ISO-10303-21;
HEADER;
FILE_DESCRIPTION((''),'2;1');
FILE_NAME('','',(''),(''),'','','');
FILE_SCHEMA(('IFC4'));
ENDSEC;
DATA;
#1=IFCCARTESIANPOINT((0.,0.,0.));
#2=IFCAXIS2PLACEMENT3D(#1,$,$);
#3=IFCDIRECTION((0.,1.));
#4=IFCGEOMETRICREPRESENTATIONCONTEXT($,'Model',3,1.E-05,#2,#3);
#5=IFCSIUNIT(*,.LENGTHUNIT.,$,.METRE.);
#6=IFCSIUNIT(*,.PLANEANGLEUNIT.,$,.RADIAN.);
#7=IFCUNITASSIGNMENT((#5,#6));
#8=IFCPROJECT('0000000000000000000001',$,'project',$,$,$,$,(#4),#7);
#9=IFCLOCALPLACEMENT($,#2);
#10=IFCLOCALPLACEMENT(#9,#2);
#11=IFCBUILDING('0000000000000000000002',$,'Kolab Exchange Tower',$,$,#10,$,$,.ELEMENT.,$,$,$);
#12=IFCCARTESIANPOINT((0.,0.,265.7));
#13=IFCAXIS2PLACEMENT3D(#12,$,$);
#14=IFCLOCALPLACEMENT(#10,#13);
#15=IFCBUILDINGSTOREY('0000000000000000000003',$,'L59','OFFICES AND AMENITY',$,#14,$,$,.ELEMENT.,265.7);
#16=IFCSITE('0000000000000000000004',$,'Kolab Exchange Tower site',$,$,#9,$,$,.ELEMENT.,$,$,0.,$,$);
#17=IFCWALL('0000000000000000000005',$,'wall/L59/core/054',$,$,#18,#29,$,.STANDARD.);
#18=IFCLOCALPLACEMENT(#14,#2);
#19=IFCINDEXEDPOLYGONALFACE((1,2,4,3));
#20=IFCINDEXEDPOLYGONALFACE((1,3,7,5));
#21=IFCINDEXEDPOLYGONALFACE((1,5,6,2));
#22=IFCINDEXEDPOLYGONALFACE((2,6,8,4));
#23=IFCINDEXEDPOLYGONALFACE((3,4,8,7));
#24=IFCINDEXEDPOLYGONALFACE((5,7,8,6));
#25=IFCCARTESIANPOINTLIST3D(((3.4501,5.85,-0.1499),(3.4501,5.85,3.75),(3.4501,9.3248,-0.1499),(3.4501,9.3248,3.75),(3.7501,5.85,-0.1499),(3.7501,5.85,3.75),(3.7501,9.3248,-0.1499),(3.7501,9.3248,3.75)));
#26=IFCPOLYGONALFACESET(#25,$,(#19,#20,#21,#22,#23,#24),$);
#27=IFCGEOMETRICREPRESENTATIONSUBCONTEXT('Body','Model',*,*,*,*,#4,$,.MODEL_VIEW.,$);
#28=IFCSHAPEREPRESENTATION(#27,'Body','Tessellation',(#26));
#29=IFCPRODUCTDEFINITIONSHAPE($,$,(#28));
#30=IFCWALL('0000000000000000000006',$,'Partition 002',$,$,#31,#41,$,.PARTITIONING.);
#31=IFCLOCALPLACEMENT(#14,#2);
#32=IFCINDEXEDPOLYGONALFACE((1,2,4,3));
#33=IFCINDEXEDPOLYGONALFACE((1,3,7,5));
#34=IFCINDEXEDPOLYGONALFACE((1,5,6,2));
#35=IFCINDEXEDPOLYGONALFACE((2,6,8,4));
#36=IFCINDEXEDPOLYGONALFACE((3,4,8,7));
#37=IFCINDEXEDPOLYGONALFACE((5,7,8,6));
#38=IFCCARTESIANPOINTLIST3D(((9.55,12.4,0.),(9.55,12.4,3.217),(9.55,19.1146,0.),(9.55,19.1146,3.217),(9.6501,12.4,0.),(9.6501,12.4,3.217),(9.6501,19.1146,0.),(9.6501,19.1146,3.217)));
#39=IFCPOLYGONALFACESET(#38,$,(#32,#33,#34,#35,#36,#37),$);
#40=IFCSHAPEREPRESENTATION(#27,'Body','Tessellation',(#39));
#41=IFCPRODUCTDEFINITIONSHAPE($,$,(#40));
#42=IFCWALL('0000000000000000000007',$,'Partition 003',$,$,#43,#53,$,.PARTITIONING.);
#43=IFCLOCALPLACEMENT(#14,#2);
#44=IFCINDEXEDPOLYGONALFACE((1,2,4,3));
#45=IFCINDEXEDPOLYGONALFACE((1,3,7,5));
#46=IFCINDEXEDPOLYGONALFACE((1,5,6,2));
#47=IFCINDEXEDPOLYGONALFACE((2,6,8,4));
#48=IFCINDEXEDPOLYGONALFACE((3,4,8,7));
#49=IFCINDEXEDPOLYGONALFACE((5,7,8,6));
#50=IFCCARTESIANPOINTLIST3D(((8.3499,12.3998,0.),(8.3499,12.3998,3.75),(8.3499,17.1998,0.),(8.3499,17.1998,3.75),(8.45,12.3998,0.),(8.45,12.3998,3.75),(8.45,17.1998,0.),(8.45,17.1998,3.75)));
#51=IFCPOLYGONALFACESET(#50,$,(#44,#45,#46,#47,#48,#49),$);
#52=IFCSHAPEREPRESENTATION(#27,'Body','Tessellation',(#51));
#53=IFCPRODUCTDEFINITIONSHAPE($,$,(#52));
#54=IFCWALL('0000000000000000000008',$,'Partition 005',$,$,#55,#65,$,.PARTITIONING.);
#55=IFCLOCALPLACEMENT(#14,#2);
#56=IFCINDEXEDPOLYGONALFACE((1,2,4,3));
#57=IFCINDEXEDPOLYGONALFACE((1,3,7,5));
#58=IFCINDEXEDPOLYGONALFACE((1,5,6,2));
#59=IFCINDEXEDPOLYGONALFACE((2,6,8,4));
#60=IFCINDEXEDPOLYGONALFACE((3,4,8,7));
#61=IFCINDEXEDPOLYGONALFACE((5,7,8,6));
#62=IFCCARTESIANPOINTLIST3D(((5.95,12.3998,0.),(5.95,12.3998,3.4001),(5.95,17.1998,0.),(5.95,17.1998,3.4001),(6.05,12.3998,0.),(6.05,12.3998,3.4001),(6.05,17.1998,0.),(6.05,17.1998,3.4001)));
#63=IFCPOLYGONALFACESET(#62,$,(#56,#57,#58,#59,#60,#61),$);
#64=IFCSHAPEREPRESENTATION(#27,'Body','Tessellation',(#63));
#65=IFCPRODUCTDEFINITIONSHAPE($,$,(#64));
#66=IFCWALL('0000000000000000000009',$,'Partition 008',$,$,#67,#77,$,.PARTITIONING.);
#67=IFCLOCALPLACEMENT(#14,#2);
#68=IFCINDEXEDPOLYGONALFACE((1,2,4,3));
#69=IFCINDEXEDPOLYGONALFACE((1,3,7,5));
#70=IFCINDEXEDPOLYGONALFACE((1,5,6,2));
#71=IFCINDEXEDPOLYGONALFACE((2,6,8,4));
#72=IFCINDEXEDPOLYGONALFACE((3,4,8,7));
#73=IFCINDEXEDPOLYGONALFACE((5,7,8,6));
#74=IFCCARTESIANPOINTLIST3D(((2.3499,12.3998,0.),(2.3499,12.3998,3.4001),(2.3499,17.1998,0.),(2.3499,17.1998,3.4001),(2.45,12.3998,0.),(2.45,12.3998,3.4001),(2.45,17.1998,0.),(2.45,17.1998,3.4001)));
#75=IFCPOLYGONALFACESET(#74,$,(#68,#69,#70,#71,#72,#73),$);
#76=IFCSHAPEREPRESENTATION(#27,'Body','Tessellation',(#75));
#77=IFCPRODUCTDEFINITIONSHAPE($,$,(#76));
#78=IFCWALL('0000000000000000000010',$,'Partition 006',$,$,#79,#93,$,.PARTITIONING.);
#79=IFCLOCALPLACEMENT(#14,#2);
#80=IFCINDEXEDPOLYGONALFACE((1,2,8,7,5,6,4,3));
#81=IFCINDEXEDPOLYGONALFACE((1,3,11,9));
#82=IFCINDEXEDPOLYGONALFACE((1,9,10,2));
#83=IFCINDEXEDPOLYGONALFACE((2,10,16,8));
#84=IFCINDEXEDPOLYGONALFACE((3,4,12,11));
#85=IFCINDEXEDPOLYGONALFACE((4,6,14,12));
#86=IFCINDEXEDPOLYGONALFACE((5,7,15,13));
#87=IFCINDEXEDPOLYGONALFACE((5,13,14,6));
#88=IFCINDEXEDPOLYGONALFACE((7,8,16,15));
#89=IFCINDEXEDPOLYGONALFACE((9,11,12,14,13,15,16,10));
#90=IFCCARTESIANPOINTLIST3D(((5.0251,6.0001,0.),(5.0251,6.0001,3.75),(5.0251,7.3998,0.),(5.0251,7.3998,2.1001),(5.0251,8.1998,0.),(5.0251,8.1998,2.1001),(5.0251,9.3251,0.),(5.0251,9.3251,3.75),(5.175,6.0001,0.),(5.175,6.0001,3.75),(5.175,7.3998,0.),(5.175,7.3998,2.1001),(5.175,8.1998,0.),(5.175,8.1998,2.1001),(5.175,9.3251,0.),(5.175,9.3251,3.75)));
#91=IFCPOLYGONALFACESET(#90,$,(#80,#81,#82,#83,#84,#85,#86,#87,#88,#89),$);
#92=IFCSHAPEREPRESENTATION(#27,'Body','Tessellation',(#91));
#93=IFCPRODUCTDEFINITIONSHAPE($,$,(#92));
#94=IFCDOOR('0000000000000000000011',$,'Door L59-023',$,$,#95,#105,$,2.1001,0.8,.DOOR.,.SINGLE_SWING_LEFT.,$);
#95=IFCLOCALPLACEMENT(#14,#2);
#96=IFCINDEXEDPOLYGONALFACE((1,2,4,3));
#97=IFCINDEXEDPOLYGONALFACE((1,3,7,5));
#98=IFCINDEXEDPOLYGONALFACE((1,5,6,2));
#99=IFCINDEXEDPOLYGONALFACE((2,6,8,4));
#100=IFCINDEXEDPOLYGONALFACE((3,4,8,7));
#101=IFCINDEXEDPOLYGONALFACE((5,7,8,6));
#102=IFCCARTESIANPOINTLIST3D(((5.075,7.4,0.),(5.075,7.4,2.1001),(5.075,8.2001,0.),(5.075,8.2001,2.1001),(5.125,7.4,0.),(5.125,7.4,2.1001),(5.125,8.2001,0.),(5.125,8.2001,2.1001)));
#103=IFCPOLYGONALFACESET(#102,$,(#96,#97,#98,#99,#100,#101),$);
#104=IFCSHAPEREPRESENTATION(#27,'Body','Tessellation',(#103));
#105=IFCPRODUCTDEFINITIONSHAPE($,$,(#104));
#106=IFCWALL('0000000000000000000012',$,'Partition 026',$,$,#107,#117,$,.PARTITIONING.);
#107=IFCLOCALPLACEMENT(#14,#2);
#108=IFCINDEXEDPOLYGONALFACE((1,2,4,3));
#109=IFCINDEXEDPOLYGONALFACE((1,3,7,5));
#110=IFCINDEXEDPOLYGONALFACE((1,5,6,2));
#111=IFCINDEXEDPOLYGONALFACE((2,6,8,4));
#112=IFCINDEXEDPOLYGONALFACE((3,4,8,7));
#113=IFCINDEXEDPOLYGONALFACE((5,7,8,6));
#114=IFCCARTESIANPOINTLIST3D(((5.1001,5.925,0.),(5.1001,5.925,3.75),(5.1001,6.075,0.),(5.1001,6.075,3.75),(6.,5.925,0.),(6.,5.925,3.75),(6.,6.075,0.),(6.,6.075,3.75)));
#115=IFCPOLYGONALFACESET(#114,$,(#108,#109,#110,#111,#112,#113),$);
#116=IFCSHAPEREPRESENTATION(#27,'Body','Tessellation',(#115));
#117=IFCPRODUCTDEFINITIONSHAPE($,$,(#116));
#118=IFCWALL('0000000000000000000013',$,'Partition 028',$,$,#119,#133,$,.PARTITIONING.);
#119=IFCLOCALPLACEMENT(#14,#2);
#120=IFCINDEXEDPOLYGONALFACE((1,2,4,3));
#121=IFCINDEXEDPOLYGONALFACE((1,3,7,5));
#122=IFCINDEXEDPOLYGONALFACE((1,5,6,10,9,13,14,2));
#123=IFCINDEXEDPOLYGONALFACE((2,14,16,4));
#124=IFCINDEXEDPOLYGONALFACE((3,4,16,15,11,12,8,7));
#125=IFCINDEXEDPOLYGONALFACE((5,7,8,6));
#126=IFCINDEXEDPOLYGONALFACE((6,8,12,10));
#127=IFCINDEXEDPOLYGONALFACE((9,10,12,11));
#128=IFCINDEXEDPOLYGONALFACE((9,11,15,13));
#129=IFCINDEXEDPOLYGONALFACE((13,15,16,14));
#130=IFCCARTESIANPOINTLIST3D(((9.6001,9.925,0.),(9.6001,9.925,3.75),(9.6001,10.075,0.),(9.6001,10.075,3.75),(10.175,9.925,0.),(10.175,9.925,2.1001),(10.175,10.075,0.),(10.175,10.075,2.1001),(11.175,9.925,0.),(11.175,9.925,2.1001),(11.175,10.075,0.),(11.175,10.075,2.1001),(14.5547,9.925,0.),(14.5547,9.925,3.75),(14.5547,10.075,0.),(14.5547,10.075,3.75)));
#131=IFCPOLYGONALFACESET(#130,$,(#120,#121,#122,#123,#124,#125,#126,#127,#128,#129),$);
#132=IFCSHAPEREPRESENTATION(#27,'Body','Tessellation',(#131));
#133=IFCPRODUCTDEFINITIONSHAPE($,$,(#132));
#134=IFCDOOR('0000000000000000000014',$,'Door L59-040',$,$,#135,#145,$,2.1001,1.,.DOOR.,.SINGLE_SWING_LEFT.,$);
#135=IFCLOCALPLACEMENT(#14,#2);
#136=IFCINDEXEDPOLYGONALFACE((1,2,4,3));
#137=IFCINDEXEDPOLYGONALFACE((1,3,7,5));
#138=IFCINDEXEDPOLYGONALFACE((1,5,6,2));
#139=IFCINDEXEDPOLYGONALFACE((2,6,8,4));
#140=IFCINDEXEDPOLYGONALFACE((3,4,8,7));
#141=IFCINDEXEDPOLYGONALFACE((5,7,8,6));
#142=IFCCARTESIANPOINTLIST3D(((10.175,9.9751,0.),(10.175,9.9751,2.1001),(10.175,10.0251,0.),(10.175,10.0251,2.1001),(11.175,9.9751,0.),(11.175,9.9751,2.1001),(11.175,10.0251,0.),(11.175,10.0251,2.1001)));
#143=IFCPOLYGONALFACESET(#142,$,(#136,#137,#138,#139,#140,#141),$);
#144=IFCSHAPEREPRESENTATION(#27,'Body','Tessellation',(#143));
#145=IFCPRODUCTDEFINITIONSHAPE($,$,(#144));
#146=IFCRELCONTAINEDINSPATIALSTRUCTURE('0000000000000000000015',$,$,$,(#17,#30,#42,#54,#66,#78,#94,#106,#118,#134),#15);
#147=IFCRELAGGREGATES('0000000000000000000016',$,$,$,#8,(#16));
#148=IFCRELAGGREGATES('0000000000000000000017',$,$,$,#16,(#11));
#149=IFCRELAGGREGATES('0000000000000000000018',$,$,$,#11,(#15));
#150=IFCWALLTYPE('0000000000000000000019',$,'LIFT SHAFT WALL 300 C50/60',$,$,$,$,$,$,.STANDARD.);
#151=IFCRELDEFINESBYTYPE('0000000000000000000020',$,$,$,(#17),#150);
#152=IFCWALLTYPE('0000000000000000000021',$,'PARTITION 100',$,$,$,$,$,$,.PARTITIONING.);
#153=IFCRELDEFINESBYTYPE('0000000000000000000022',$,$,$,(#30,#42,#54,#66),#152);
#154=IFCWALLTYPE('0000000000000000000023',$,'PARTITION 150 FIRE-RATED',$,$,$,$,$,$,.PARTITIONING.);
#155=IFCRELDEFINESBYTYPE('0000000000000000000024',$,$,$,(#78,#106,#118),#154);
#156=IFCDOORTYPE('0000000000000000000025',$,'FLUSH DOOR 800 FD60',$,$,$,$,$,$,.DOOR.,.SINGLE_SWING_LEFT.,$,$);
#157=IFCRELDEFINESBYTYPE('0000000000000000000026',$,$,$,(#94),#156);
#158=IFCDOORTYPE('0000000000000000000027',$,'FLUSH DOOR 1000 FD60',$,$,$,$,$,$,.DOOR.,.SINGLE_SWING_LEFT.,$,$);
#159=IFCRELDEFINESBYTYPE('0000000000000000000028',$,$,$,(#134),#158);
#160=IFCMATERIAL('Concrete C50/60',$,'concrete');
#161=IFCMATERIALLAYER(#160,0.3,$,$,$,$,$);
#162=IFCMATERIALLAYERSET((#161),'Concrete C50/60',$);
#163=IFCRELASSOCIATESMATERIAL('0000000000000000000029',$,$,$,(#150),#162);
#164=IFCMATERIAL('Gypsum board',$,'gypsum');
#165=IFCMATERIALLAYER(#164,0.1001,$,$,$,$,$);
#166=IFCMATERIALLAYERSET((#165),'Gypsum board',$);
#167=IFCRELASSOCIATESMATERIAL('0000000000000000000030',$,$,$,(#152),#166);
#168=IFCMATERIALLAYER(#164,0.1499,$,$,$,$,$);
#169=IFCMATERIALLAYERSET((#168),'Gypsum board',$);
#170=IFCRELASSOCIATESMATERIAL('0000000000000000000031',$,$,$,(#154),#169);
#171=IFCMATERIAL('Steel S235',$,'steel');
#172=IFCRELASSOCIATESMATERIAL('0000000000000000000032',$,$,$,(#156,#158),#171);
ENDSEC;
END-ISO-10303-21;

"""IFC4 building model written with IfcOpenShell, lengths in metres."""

from ifc_helpers import new_model, si_unit, direction, frame, frame_2d, origin, place, context, subcontext, project, spatial, rectangle, extrude, material, layer, layer_set, type_object, element, fill, save


model = new_model("IFC4")

# Units and contexts
model_context = context("Model", 3, precision=1e-05, world=origin(), true_north=direction((0.0, 1.0)))
body_context = subcontext(model_context, "Body", "Model", "MODEL_VIEW")
ifc_project = project(units=[si_unit("LENGTHUNIT", "METRE"), si_unit("PLANEANGLEUNIT", "RADIAN")], contexts=[model_context])

# Site, building, storey
site_placement = place(None, origin())
site = spatial("IfcSite", under=ifc_project, at=site_placement, Name="Kolab Exchange Tower site", CompositionType="ELEMENT", RefElevation=0.0)
building_placement = place(site_placement, origin())
building = spatial("IfcBuilding", under=site, at=building_placement, Name="Kolab Exchange Tower", CompositionType="ELEMENT")
storey_placement = place(building_placement, frame((0.0, 0.0, 265.7)))
storey = spatial("IfcBuildingStorey", under=building, at=storey_placement, Name="L59", Description="OFFICES AND AMENITY", CompositionType="ELEMENT", Elevation=265.7)

# Shared definitions
ifc_material_1 = material(Name="Concrete C50/60", Category="concrete")

# Shared definitions
ifc_layer_1 = layer(ifc_material_1, 0.3)
ifc_layer_set_1 = layer_set([ifc_layer_1], Name="Concrete C50/60")
wall_type_1 = type_object("IfcWallType", Name="LIFT SHAFT WALL 300 C50/60", PredefinedType="STANDARD", material=ifc_layer_set_1)

# Walls
for number, where, z_axis, x_axis, name in (
    (1, (3.6001, 5.8501, -0.1499), (0.0, 0.0, 1.0), (0.0, 1.0, 0.0), "wall/L59/core/054"),
):
    element("IfcWall", number, at=place(storey_placement, frame(where, z_axis=z_axis, x_axis=x_axis)), inside=storey, type_object=wall_type_1, Name=name, PredefinedType="STANDARD", context=body_context, shape_type="SweptSolid", body=[
        extrude(rectangle(XDim=3.4749, YDim=0.3, at=frame_2d((1.7373, 0.0))), origin(), (0.0, 0.0, 1.0), 3.8999),
    ])
ifc_material_2 = material(Name="Gypsum board", Category="gypsum")
ifc_layer_2 = layer(ifc_material_2, 0.1001)
ifc_layer_set_2 = layer_set([ifc_layer_2], Name="Gypsum board")
wall_type_2 = type_object("IfcWallType", Name="PARTITION 100", PredefinedType="PARTITIONING", material=ifc_layer_set_2)
wall_1_placement = place(storey_placement, frame((9.6001, 12.3999, 0.0), z_axis=(0.0, 0.0, 1.0), x_axis=(0.0, 1.0, 0.0)))
element("IfcWall", 2, at=wall_1_placement, inside=storey, type_object=wall_type_2, Name="Partition 002", PredefinedType="PARTITIONING", context=body_context, shape_type="SweptSolid", body=[
    extrude(rectangle(XDim=6.7146, YDim=0.1001, at=frame_2d((3.3574, 0.0))), origin(), (0.0, 0.0, 1.0), 3.217),
])
wall_2_placement = place(storey_placement, frame((8.3999, 12.3999, 0.0), z_axis=(0.0, 0.0, 1.0), x_axis=(0.0, 1.0, 0.0)))
element("IfcWall", 3, at=wall_2_placement, inside=storey, type_object=wall_type_2, Name="Partition 003", PredefinedType="PARTITIONING", context=body_context, shape_type="SweptSolid", body=[
    extrude(rectangle(XDim=4.8, YDim=0.1001, at=frame_2d((2.3999, 0.0))), origin(), (0.0, 0.0, 1.0), 3.75),
])
for number, where, z_axis, x_axis, name in (
    (4, (6.0, 12.3999, 0.0), (0.0, 0.0, 1.0), (0.0, 1.0, 0.0), "Partition 005"),
    (5, (2.3999, 12.3999, 0.0), (0.0, 0.0, 1.0), (0.0, 1.0, 0.0), "Partition 008"),
):
    element("IfcWall", number, at=place(storey_placement, frame(where, z_axis=z_axis, x_axis=x_axis)), inside=storey, type_object=wall_type_2, Name=name, PredefinedType="PARTITIONING", context=body_context, shape_type="SweptSolid", body=[
        extrude(rectangle(XDim=4.8, YDim=0.1001, at=frame_2d((2.3999, 0.0))), origin(), (0.0, 0.0, 1.0), 3.4001),
    ])

# Wall, opening, door
ifc_layer_3 = layer(ifc_material_2, 0.1499)
ifc_layer_set_3 = layer_set([ifc_layer_3], Name="Gypsum board")
wall_type_3 = type_object("IfcWallType", Name="PARTITION 150 FIRE-RATED", PredefinedType="PARTITIONING", material=ifc_layer_set_3)
wall_3_placement = place(storey_placement, frame((5.1001, 6.0, 0.0), z_axis=(0.0, 0.0, 1.0), x_axis=(0.0, 1.0, 0.0)))
wall_3 = element("IfcWall", 6, at=wall_3_placement, inside=storey, type_object=wall_type_3, Name="Partition 006", PredefinedType="PARTITIONING", context=body_context, shape_type="SweptSolid", body=[
    extrude(rectangle(XDim=3.325, YDim=0.1499, at=frame_2d((1.6626, 0.0))), origin(), (0.0, 0.0, 1.0), 3.75),
])
opening_1_placement = place(wall_3_placement, frame((1.3999, 0.0, 0.0)))
opening_1 = element("IfcOpeningElement", 7, at=opening_1_placement, cuts=wall_3, PredefinedType="OPENING", context=body_context, shape_type="SweptSolid", body=[
    extrude(rectangle(XDim=0.8, YDim=2.1001, at=frame_2d((0.3999, 1.05))), frame((0.0, 0.085, 0.0), z_axis=(0.0, -1.0, 0.0), x_axis=(1.0, 0.0, 0.0)), (0.0, 0.0, 1.0), 0.1699),
])
ifc_material_3 = material(Name="Steel S235", Category="steel")
door_type_1 = type_object("IfcDoorType", Name="FLUSH DOOR 800 FD60", OperationType="SINGLE_SWING_LEFT", PredefinedType="DOOR", material=ifc_material_3)
door_1_placement = place(opening_1_placement, frame((0.8, 0.0, 0.0), z_axis=(0.0, 0.0, 1.0), x_axis=(-1.0, 0.0, 0.0)))
door_1 = element("IfcDoor", 8, at=door_1_placement, inside=storey, type_object=door_type_1, Name="Door L59-023", OperationType="SINGLE_SWING_LEFT", OverallHeight=2.1001, OverallWidth=0.8, PredefinedType="DOOR", context=body_context, shape_type="SweptSolid", body=[
    extrude(rectangle(XDim=0.8, YDim=2.1001, at=frame_2d((0.3999, 1.05))), frame((0.0, 0.0249, 0.0), z_axis=(0.0, -1.0, 0.0), x_axis=(1.0, 0.0, 0.0)), (0.0, 0.0, 1.0), 0.05),
])
fill(opening_1, door_1)

# Wall
wall_4_placement = place(storey_placement, frame((5.1001, 6.0, 0.0), z_axis=(0.0, 0.0, 1.0), x_axis=(1.0, 0.0, 0.0)))
element("IfcWall", 9, at=wall_4_placement, inside=storey, type_object=wall_type_3, Name="Partition 026", PredefinedType="PARTITIONING", context=body_context, shape_type="SweptSolid", body=[
    extrude(rectangle(XDim=0.8999, YDim=0.1499, at=frame_2d((0.45, 0.0))), origin(), (0.0, 0.0, 1.0), 3.75),
])

# Wall, opening, door
wall_5_placement = place(storey_placement, frame((9.6001, 10.0, 0.0), z_axis=(0.0, 0.0, 1.0), x_axis=(1.0, 0.0, 0.0)))
wall_5 = element("IfcWall", 10, at=wall_5_placement, inside=storey, type_object=wall_type_3, Name="Partition 028", PredefinedType="PARTITIONING", context=body_context, shape_type="SweptSolid", body=[
    extrude(rectangle(XDim=4.9546, YDim=0.1499, at=frame_2d((2.4773, 0.0))), origin(), (0.0, 0.0, 1.0), 3.75),
])
opening_2_placement = place(wall_5_placement, frame((0.575, 0.0, 0.0)))
opening_2 = element("IfcOpeningElement", 11, at=opening_2_placement, cuts=wall_5, PredefinedType="OPENING", context=body_context, shape_type="SweptSolid", body=[
    extrude(rectangle(XDim=1.0, YDim=2.1001, at=frame_2d((0.5, 1.05))), frame((0.0, 0.085, 0.0), z_axis=(0.0, -1.0, 0.0), x_axis=(1.0, 0.0, 0.0)), (0.0, 0.0, 1.0), 0.1699),
])
door_type_2 = type_object("IfcDoorType", Name="FLUSH DOOR 1000 FD60", OperationType="SINGLE_SWING_LEFT", PredefinedType="DOOR", material=ifc_material_3)
door_2_placement = place(opening_2_placement, frame((1.0, 0.0, 0.0), z_axis=(0.0, 0.0, 1.0), x_axis=(-1.0, 0.0, 0.0)))
door_2 = element("IfcDoor", 12, at=door_2_placement, inside=storey, type_object=door_type_2, Name="Door L59-040", OperationType="SINGLE_SWING_LEFT", OverallHeight=2.1001, OverallWidth=1.0, PredefinedType="DOOR", context=body_context, shape_type="SweptSolid", body=[
    extrude(rectangle(XDim=1.0, YDim=2.1001, at=frame_2d((0.5, 1.05))), frame((0.0, 0.0249, 0.0), z_axis=(0.0, -1.0, 0.0), x_axis=(1.0, 0.0, 0.0)), (0.0, 0.0, 1.0), 0.05),
])
fill(opening_2, door_2)

save(model, "model.ifc")
